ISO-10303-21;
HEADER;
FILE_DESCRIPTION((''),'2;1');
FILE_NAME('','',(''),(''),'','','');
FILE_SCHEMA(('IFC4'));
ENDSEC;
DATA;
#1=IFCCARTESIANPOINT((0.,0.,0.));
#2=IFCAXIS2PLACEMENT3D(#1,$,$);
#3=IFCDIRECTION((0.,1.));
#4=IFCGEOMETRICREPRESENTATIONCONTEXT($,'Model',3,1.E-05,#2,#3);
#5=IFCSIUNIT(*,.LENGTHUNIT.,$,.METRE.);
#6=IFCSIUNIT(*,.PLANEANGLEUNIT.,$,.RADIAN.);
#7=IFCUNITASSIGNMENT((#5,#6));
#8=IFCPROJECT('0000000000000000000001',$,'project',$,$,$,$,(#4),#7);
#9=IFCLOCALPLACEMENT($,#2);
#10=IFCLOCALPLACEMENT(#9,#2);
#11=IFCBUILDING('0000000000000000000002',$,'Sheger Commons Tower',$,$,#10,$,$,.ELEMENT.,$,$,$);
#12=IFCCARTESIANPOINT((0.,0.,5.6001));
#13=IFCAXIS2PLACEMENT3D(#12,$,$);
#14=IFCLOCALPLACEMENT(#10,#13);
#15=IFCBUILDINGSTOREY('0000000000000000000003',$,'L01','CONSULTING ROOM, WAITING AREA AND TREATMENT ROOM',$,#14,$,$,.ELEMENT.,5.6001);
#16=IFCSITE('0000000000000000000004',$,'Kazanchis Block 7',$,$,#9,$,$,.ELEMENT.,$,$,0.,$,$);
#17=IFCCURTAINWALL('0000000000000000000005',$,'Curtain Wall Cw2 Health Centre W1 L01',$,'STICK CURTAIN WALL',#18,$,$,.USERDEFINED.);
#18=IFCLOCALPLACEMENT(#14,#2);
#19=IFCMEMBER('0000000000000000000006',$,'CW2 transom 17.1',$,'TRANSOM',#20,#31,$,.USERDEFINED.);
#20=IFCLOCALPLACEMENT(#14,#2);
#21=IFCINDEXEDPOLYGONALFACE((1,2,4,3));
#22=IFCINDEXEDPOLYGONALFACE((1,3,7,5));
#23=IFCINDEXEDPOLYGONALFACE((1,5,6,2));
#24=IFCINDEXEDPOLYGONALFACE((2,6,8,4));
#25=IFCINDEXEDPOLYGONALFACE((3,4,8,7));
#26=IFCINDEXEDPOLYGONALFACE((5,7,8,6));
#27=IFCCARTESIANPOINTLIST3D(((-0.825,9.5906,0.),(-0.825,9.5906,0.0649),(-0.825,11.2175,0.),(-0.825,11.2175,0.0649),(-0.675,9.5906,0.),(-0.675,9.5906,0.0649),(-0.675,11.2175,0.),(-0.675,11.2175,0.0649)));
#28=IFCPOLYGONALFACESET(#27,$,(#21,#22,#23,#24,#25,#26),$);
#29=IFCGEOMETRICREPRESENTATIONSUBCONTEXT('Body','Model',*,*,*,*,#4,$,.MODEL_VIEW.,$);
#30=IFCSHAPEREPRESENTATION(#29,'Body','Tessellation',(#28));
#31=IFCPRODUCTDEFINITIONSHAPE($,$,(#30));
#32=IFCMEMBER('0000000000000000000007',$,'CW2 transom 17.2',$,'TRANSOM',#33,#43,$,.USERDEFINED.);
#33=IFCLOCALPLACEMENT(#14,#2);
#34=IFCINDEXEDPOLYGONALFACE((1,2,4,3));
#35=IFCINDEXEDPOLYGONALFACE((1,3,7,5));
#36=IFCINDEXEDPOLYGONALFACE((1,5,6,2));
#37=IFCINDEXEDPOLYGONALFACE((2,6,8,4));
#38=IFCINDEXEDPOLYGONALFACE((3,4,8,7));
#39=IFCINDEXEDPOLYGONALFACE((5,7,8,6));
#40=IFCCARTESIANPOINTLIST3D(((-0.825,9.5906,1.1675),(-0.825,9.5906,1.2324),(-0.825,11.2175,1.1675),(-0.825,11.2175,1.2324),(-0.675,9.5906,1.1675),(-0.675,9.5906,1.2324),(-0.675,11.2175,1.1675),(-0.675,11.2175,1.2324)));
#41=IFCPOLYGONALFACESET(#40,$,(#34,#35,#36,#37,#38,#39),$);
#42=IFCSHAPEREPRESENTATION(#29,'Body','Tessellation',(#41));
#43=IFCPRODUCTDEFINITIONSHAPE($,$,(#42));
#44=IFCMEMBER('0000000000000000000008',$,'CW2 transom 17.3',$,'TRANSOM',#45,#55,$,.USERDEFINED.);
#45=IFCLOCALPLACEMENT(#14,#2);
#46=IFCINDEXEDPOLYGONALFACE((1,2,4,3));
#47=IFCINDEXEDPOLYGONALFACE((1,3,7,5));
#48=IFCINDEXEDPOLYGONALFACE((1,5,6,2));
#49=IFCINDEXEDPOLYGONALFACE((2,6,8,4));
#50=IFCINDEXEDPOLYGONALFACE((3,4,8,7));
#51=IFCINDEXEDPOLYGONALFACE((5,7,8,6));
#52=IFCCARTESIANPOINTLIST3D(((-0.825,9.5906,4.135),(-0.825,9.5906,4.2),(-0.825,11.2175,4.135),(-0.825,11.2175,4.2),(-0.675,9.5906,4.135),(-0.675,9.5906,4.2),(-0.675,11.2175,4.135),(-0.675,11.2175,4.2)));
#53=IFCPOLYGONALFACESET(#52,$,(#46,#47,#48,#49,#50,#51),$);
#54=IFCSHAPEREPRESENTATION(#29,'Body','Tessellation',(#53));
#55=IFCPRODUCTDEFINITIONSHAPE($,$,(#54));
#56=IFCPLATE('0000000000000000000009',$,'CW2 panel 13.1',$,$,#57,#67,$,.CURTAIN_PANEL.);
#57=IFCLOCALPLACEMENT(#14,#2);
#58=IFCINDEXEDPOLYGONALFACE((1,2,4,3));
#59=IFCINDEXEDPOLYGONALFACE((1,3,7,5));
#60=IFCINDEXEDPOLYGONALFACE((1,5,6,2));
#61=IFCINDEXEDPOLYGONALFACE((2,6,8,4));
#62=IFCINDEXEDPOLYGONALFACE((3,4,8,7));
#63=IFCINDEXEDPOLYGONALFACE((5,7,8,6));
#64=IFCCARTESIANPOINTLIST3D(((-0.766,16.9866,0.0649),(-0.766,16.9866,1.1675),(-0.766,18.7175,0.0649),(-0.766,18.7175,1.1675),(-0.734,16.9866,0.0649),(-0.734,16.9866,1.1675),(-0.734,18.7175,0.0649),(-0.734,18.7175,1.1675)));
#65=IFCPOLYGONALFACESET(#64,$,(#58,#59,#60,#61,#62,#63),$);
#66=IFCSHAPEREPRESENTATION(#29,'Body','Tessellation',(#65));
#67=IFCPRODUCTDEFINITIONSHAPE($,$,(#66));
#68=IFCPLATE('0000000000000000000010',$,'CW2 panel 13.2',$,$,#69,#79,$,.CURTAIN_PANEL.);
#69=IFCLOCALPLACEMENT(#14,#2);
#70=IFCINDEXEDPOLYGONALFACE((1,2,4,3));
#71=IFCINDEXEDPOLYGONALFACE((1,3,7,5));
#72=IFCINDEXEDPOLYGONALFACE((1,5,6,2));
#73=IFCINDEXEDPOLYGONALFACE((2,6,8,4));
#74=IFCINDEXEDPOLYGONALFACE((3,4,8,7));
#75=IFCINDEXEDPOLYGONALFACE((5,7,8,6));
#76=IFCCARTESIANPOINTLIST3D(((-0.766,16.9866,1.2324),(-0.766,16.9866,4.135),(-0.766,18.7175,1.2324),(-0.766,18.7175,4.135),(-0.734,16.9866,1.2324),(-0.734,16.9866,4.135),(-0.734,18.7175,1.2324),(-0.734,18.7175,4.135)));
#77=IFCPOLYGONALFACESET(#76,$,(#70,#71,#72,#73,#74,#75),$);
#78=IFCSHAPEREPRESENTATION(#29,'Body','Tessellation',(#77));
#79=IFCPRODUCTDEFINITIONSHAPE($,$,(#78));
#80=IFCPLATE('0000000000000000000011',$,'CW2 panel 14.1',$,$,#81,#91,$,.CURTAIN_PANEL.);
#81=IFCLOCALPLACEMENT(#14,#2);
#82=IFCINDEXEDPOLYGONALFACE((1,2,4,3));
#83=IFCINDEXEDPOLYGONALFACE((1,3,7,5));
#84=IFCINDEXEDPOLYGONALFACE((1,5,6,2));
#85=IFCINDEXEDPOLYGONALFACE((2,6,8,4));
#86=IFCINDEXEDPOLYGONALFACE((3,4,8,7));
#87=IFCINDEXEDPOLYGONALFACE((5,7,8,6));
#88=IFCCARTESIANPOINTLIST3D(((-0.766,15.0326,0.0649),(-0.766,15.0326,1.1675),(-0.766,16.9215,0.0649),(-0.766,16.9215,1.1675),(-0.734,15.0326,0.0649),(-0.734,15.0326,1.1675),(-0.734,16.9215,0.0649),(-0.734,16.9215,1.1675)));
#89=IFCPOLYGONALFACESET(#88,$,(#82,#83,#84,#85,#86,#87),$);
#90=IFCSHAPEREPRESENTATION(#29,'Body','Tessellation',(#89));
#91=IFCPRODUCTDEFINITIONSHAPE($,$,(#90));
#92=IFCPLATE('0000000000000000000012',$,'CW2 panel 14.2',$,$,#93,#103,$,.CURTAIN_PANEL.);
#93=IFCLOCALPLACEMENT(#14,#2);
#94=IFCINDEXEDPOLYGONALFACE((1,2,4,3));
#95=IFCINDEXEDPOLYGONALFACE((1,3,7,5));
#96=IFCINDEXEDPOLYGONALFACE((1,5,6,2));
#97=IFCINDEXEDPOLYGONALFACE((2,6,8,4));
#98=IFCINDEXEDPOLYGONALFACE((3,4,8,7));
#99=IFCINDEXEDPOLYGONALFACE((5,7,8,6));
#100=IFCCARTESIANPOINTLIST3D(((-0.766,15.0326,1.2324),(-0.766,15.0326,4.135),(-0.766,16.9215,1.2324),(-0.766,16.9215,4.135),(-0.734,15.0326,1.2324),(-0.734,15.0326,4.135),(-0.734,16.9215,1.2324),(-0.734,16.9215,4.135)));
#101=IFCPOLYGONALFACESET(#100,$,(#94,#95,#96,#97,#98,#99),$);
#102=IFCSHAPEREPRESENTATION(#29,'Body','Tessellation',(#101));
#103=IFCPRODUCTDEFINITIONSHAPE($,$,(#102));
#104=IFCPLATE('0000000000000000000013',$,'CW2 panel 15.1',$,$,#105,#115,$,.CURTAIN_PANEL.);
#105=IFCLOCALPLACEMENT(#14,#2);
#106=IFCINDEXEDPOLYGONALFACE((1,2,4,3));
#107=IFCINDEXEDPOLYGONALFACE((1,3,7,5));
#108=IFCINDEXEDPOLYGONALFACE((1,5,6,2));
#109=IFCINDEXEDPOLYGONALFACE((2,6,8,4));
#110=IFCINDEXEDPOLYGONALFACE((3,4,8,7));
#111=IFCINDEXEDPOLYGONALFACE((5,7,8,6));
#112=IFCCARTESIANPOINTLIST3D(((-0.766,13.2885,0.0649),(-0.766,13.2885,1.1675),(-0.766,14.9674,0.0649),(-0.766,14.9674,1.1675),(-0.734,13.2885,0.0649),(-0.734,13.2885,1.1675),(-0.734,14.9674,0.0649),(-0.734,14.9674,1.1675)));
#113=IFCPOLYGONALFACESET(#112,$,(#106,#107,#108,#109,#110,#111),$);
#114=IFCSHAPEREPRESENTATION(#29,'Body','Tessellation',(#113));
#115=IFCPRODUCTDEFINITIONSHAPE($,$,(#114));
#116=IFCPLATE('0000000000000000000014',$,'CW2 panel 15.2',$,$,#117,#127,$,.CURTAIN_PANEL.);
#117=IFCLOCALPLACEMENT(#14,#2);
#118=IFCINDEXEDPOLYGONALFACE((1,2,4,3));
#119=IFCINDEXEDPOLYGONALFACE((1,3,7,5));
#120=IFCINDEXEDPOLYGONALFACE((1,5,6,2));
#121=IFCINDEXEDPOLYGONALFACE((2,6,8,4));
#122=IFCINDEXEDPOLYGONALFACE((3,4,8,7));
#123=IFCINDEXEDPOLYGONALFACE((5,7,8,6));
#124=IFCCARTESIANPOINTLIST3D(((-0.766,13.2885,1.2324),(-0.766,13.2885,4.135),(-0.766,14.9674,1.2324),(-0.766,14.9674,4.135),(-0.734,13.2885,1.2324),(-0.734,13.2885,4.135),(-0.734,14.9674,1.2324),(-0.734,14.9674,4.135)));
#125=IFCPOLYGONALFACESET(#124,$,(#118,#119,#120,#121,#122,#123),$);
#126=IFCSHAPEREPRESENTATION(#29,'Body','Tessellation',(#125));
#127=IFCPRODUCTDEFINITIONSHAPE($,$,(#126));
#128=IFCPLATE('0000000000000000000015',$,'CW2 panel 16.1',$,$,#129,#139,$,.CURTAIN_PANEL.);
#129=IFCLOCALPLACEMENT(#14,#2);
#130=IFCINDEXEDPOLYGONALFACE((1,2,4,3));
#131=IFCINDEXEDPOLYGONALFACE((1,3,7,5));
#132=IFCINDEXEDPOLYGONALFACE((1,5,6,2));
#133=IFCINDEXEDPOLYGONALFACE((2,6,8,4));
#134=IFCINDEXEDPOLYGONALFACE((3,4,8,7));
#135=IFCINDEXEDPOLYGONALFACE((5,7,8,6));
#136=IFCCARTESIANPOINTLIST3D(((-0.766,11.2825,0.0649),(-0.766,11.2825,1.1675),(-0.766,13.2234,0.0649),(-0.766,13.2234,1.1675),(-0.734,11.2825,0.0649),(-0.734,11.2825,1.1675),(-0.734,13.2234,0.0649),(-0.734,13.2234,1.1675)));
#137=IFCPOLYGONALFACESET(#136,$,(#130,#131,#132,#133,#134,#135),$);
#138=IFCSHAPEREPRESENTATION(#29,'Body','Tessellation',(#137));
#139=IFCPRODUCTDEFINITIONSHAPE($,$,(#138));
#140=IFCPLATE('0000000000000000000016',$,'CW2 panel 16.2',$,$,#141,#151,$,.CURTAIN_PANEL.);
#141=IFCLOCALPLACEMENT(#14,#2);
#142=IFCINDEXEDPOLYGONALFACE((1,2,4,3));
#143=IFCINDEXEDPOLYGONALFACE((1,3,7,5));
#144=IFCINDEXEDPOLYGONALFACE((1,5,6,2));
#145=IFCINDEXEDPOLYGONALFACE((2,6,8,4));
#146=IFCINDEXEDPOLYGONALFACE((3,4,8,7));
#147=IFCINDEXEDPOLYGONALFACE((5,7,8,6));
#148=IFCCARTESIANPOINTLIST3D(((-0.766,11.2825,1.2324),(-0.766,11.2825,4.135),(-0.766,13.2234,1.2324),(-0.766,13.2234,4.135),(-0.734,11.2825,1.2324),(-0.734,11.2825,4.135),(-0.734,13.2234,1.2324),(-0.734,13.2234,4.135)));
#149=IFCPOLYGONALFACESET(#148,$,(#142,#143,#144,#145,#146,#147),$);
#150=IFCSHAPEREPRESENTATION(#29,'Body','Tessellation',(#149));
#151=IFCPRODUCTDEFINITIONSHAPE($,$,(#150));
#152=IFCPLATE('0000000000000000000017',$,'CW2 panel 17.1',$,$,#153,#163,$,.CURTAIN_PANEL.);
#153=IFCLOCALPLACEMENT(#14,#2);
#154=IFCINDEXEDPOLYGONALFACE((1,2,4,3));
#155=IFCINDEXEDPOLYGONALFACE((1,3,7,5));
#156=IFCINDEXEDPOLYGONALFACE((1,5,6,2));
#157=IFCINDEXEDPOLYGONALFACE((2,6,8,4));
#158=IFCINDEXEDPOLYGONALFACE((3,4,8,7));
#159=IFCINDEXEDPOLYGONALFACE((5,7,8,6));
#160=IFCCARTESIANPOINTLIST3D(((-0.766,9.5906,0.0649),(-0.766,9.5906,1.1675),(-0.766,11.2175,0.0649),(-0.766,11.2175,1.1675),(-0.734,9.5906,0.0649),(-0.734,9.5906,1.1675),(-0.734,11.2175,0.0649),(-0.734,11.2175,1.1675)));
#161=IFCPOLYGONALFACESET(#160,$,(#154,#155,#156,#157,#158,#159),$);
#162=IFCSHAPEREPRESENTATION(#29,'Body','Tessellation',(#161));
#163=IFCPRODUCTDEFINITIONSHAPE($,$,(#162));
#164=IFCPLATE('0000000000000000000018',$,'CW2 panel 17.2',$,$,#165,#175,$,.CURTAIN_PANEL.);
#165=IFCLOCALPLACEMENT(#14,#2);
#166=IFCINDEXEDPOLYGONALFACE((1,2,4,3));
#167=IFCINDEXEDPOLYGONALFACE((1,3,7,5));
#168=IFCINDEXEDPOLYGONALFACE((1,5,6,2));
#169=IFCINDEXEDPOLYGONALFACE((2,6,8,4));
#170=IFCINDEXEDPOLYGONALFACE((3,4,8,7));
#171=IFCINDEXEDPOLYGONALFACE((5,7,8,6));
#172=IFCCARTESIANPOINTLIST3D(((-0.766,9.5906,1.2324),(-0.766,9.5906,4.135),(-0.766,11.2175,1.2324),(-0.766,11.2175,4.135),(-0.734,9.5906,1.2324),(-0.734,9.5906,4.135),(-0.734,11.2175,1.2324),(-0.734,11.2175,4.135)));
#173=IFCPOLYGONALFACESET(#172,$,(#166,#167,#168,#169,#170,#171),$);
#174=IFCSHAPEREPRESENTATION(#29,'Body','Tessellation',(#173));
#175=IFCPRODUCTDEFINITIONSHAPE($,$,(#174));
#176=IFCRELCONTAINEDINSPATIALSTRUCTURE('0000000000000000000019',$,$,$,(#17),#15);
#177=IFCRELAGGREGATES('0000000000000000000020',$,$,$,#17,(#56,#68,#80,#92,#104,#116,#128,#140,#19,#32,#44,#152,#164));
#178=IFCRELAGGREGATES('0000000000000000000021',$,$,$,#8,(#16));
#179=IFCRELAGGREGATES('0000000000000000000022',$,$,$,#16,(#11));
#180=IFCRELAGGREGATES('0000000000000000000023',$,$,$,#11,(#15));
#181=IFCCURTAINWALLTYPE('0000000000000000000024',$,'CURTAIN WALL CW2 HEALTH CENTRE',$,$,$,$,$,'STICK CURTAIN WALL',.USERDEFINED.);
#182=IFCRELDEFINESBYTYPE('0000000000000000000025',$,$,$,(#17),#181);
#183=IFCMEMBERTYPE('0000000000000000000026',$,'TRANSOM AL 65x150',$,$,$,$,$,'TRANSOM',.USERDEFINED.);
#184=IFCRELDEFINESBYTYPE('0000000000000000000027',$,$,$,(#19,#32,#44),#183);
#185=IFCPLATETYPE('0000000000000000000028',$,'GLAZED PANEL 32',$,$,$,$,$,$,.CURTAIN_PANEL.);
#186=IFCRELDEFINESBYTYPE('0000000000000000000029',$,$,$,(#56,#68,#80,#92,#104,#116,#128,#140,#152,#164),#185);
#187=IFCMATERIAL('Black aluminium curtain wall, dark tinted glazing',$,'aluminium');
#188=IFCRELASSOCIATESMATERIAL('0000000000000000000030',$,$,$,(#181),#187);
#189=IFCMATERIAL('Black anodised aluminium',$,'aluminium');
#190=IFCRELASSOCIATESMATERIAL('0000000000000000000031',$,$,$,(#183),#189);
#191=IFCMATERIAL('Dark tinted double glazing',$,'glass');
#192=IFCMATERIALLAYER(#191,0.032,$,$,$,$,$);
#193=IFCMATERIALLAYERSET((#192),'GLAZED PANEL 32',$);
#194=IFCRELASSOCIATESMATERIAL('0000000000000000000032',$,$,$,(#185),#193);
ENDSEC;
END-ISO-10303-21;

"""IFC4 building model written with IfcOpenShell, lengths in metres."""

from ifc_helpers import new_model, si_unit, direction, frame, origin, origin_2d, place, context, subcontext, project, spatial, rectangle, extrude, material, layer, layer_set, material_profile, profile_set, type_object, element, aggregate, save


model = new_model("IFC4")

# Units and contexts
model_context = context("Model", 3, precision=1e-05, world=origin(), true_north=direction((0.0, 1.0)))
body_context = subcontext(model_context, "Body", "Model", "MODEL_VIEW")
ifc_project = project(units=[si_unit("LENGTHUNIT", "METRE"), si_unit("PLANEANGLEUNIT", "RADIAN")], contexts=[model_context])

# Site, building, storey
site_placement = place(None, origin())
site = spatial("IfcSite", under=ifc_project, at=site_placement, Name="Kazanchis Block 7", CompositionType="ELEMENT", RefElevation=0.0)
building_placement = place(site_placement, origin())
building = spatial("IfcBuilding", under=site, at=building_placement, Name="Sheger Commons Tower", CompositionType="ELEMENT")
storey_placement = place(building_placement, frame((0.0, 0.0, 5.6001)))
storey = spatial("IfcBuildingStorey", under=building, at=storey_placement, Name="L01", Description="CONSULTING ROOM, WAITING AREA AND TREATMENT ROOM", CompositionType="ELEMENT", Elevation=5.6001)

# Curtain wall, members, plates
ifc_material_1 = material(Name="Black aluminium curtain wall, dark tinted glazing", Category="aluminium")
curtain_wall_type = type_object("IfcCurtainWallType", Name="CURTAIN WALL CW2 HEALTH CENTRE", ElementType="STICK CURTAIN WALL", PredefinedType="USERDEFINED", material=ifc_material_1)
curtain_wall_placement = place(storey_placement, origin())
curtain_wall = element("IfcCurtainWall", 1, at=curtain_wall_placement, inside=storey, type_object=curtain_wall_type, Name="Curtain Wall Cw2 Health Centre W1 L01", ObjectType="STICK CURTAIN WALL", PredefinedType="USERDEFINED")
ifc_material_2 = material(Name="Black anodised aluminium", Category="aluminium")
ifc_material_profile_1 = material_profile(ifc_material_2, rectangle(XDim=0.1499, YDim=0.0649, at=origin_2d()), Name="AL 65x150")
ifc_profile_set_1 = profile_set([ifc_material_profile_1], Name="Black anodised aluminium")
member_type_1 = type_object("IfcMemberType", Name="TRANSOM AL 65x150", ElementType="TRANSOM", PredefinedType="USERDEFINED", material=ifc_profile_set_1)
member_1_placement = place(storey_placement, frame((-0.75, 11.2175, 0.0325), z_axis=(0.0, -1.0, 0.0), x_axis=(1.0, 0.0, 0.0)))
member_1 = element("IfcMember", 2, at=member_1_placement, type_object=member_type_1, Name="CW2 transom 17.1", ObjectType="TRANSOM", PredefinedType="USERDEFINED", context=body_context, shape_type="SweptSolid", body=[
    extrude(rectangle(XDim=0.1499, YDim=0.0649, at=origin_2d()), origin(), (0.0, 0.0, 1.0), 1.627),
])
member_2_placement = place(storey_placement, frame((-0.75, 11.2175, 1.2), z_axis=(0.0, -1.0, 0.0), x_axis=(1.0, 0.0, 0.0)))
member_2 = element("IfcMember", 3, at=member_2_placement, type_object=member_type_1, Name="CW2 transom 17.2", ObjectType="TRANSOM", PredefinedType="USERDEFINED", context=body_context, shape_type="SweptSolid", body=[
    extrude(rectangle(XDim=0.1499, YDim=0.0649, at=origin_2d()), origin(), (0.0, 0.0, 1.0), 1.627),
])
member_3_placement = place(storey_placement, frame((-0.75, 11.2175, 4.1675), z_axis=(0.0, -1.0, 0.0), x_axis=(1.0, 0.0, 0.0)))
member_3 = element("IfcMember", 4, at=member_3_placement, type_object=member_type_1, Name="CW2 transom 17.3", ObjectType="TRANSOM", PredefinedType="USERDEFINED", context=body_context, shape_type="SweptSolid", body=[
    extrude(rectangle(XDim=0.1499, YDim=0.0649, at=origin_2d()), origin(), (0.0, 0.0, 1.0), 1.627),
])
ifc_material_3 = material(Name="Dark tinted double glazing", Category="glass")
ifc_layer = layer(ifc_material_3, 0.032)
ifc_layer_set = layer_set([ifc_layer], Name="GLAZED PANEL 32")
plate_type = type_object("IfcPlateType", Name="GLAZED PANEL 32", PredefinedType="CURTAIN_PANEL", material=ifc_layer_set)
plate_1_placement = place(storey_placement, frame((-0.75, 17.8521, 0.0649), z_axis=(0.0, 0.0, 1.0), x_axis=(0.0, -1.0, 0.0)))
plate_1 = element("IfcPlate", 5, at=plate_1_placement, type_object=plate_type, Name="CW2 panel 13.1", PredefinedType="CURTAIN_PANEL", context=body_context, shape_type="SweptSolid", body=[
    extrude(rectangle(XDim=1.731, YDim=0.032, at=origin_2d()), origin(), (0.0, 0.0, 1.0), 1.1025),
])
plate_2_placement = place(storey_placement, frame((-0.75, 17.8521, 1.2324), z_axis=(0.0, 0.0, 1.0), x_axis=(0.0, -1.0, 0.0)))
plate_2 = element("IfcPlate", 6, at=plate_2_placement, type_object=plate_type, Name="CW2 panel 13.2", PredefinedType="CURTAIN_PANEL", context=body_context, shape_type="SweptSolid", body=[
    extrude(rectangle(XDim=1.731, YDim=0.032, at=origin_2d()), origin(), (0.0, 0.0, 1.0), 2.9026),
])
plate_3_placement = place(storey_placement, frame((-0.75, 15.9771, 0.0649), z_axis=(0.0, 0.0, 1.0), x_axis=(0.0, -1.0, 0.0)))
plate_3 = element("IfcPlate", 7, at=plate_3_placement, type_object=plate_type, Name="CW2 panel 14.1", PredefinedType="CURTAIN_PANEL", context=body_context, shape_type="SweptSolid", body=[
    extrude(rectangle(XDim=1.8889, YDim=0.032, at=origin_2d()), origin(), (0.0, 0.0, 1.0), 1.1025),
])
plate_4_placement = place(storey_placement, frame((-0.75, 15.9771, 1.2324), z_axis=(0.0, 0.0, 1.0), x_axis=(0.0, -1.0, 0.0)))
plate_4 = element("IfcPlate", 8, at=plate_4_placement, type_object=plate_type, Name="CW2 panel 14.2", PredefinedType="CURTAIN_PANEL", context=body_context, shape_type="SweptSolid", body=[
    extrude(rectangle(XDim=1.8889, YDim=0.032, at=origin_2d()), origin(), (0.0, 0.0, 1.0), 2.9026),
])
plate_5_placement = place(storey_placement, frame((-0.75, 14.1279, 0.0649), z_axis=(0.0, 0.0, 1.0), x_axis=(0.0, -1.0, 0.0)))
plate_5 = element("IfcPlate", 9, at=plate_5_placement, type_object=plate_type, Name="CW2 panel 15.1", PredefinedType="CURTAIN_PANEL", context=body_context, shape_type="SweptSolid", body=[
    extrude(rectangle(XDim=1.679, YDim=0.032, at=origin_2d()), origin(), (0.0, 0.0, 1.0), 1.1025),
])
plate_6_placement = place(storey_placement, frame((-0.75, 14.1279, 1.2324), z_axis=(0.0, 0.0, 1.0), x_axis=(0.0, -1.0, 0.0)))
plate_6 = element("IfcPlate", 10, at=plate_6_placement, type_object=plate_type, Name="CW2 panel 15.2", PredefinedType="CURTAIN_PANEL", context=body_context, shape_type="SweptSolid", body=[
    extrude(rectangle(XDim=1.679, YDim=0.032, at=origin_2d()), origin(), (0.0, 0.0, 1.0), 2.9026),
])
plate_7_placement = place(storey_placement, frame((-0.75, 12.2529, 0.0649), z_axis=(0.0, 0.0, 1.0), x_axis=(0.0, -1.0, 0.0)))
plate_7 = element("IfcPlate", 11, at=plate_7_placement, type_object=plate_type, Name="CW2 panel 16.1", PredefinedType="CURTAIN_PANEL", context=body_context, shape_type="SweptSolid", body=[
    extrude(rectangle(XDim=1.9409, YDim=0.032, at=origin_2d()), origin(), (0.0, 0.0, 1.0), 1.1025),
])
plate_8_placement = place(storey_placement, frame((-0.75, 12.2529, 1.2324), z_axis=(0.0, 0.0, 1.0), x_axis=(0.0, -1.0, 0.0)))
plate_8 = element("IfcPlate", 12, at=plate_8_placement, type_object=plate_type, Name="CW2 panel 16.2", PredefinedType="CURTAIN_PANEL", context=body_context, shape_type="SweptSolid", body=[
    extrude(rectangle(XDim=1.9409, YDim=0.032, at=origin_2d()), origin(), (0.0, 0.0, 1.0), 2.9026),
])
plate_9_placement = place(storey_placement, frame((-0.75, 10.4041, 0.0649), z_axis=(0.0, 0.0, 1.0), x_axis=(0.0, -1.0, 0.0)))
plate_9 = element("IfcPlate", 13, at=plate_9_placement, type_object=plate_type, Name="CW2 panel 17.1", PredefinedType="CURTAIN_PANEL", context=body_context, shape_type="SweptSolid", body=[
    extrude(rectangle(XDim=1.627, YDim=0.032, at=origin_2d()), origin(), (0.0, 0.0, 1.0), 1.1025),
])
plate_10_placement = place(storey_placement, frame((-0.75, 10.4041, 1.2324), z_axis=(0.0, 0.0, 1.0), x_axis=(0.0, -1.0, 0.0)))
plate_10 = element("IfcPlate", 14, at=plate_10_placement, type_object=plate_type, Name="CW2 panel 17.2", PredefinedType="CURTAIN_PANEL", context=body_context, shape_type="SweptSolid", body=[
    extrude(rectangle(XDim=1.627, YDim=0.032, at=origin_2d()), origin(), (0.0, 0.0, 1.0), 2.9026),
])
aggregate(curtain_wall, [plate_1, plate_2, plate_3, plate_4, plate_5, plate_6, plate_7, plate_8, member_1, member_2, member_3, plate_9, plate_10])

save(model, "model.ifc")
